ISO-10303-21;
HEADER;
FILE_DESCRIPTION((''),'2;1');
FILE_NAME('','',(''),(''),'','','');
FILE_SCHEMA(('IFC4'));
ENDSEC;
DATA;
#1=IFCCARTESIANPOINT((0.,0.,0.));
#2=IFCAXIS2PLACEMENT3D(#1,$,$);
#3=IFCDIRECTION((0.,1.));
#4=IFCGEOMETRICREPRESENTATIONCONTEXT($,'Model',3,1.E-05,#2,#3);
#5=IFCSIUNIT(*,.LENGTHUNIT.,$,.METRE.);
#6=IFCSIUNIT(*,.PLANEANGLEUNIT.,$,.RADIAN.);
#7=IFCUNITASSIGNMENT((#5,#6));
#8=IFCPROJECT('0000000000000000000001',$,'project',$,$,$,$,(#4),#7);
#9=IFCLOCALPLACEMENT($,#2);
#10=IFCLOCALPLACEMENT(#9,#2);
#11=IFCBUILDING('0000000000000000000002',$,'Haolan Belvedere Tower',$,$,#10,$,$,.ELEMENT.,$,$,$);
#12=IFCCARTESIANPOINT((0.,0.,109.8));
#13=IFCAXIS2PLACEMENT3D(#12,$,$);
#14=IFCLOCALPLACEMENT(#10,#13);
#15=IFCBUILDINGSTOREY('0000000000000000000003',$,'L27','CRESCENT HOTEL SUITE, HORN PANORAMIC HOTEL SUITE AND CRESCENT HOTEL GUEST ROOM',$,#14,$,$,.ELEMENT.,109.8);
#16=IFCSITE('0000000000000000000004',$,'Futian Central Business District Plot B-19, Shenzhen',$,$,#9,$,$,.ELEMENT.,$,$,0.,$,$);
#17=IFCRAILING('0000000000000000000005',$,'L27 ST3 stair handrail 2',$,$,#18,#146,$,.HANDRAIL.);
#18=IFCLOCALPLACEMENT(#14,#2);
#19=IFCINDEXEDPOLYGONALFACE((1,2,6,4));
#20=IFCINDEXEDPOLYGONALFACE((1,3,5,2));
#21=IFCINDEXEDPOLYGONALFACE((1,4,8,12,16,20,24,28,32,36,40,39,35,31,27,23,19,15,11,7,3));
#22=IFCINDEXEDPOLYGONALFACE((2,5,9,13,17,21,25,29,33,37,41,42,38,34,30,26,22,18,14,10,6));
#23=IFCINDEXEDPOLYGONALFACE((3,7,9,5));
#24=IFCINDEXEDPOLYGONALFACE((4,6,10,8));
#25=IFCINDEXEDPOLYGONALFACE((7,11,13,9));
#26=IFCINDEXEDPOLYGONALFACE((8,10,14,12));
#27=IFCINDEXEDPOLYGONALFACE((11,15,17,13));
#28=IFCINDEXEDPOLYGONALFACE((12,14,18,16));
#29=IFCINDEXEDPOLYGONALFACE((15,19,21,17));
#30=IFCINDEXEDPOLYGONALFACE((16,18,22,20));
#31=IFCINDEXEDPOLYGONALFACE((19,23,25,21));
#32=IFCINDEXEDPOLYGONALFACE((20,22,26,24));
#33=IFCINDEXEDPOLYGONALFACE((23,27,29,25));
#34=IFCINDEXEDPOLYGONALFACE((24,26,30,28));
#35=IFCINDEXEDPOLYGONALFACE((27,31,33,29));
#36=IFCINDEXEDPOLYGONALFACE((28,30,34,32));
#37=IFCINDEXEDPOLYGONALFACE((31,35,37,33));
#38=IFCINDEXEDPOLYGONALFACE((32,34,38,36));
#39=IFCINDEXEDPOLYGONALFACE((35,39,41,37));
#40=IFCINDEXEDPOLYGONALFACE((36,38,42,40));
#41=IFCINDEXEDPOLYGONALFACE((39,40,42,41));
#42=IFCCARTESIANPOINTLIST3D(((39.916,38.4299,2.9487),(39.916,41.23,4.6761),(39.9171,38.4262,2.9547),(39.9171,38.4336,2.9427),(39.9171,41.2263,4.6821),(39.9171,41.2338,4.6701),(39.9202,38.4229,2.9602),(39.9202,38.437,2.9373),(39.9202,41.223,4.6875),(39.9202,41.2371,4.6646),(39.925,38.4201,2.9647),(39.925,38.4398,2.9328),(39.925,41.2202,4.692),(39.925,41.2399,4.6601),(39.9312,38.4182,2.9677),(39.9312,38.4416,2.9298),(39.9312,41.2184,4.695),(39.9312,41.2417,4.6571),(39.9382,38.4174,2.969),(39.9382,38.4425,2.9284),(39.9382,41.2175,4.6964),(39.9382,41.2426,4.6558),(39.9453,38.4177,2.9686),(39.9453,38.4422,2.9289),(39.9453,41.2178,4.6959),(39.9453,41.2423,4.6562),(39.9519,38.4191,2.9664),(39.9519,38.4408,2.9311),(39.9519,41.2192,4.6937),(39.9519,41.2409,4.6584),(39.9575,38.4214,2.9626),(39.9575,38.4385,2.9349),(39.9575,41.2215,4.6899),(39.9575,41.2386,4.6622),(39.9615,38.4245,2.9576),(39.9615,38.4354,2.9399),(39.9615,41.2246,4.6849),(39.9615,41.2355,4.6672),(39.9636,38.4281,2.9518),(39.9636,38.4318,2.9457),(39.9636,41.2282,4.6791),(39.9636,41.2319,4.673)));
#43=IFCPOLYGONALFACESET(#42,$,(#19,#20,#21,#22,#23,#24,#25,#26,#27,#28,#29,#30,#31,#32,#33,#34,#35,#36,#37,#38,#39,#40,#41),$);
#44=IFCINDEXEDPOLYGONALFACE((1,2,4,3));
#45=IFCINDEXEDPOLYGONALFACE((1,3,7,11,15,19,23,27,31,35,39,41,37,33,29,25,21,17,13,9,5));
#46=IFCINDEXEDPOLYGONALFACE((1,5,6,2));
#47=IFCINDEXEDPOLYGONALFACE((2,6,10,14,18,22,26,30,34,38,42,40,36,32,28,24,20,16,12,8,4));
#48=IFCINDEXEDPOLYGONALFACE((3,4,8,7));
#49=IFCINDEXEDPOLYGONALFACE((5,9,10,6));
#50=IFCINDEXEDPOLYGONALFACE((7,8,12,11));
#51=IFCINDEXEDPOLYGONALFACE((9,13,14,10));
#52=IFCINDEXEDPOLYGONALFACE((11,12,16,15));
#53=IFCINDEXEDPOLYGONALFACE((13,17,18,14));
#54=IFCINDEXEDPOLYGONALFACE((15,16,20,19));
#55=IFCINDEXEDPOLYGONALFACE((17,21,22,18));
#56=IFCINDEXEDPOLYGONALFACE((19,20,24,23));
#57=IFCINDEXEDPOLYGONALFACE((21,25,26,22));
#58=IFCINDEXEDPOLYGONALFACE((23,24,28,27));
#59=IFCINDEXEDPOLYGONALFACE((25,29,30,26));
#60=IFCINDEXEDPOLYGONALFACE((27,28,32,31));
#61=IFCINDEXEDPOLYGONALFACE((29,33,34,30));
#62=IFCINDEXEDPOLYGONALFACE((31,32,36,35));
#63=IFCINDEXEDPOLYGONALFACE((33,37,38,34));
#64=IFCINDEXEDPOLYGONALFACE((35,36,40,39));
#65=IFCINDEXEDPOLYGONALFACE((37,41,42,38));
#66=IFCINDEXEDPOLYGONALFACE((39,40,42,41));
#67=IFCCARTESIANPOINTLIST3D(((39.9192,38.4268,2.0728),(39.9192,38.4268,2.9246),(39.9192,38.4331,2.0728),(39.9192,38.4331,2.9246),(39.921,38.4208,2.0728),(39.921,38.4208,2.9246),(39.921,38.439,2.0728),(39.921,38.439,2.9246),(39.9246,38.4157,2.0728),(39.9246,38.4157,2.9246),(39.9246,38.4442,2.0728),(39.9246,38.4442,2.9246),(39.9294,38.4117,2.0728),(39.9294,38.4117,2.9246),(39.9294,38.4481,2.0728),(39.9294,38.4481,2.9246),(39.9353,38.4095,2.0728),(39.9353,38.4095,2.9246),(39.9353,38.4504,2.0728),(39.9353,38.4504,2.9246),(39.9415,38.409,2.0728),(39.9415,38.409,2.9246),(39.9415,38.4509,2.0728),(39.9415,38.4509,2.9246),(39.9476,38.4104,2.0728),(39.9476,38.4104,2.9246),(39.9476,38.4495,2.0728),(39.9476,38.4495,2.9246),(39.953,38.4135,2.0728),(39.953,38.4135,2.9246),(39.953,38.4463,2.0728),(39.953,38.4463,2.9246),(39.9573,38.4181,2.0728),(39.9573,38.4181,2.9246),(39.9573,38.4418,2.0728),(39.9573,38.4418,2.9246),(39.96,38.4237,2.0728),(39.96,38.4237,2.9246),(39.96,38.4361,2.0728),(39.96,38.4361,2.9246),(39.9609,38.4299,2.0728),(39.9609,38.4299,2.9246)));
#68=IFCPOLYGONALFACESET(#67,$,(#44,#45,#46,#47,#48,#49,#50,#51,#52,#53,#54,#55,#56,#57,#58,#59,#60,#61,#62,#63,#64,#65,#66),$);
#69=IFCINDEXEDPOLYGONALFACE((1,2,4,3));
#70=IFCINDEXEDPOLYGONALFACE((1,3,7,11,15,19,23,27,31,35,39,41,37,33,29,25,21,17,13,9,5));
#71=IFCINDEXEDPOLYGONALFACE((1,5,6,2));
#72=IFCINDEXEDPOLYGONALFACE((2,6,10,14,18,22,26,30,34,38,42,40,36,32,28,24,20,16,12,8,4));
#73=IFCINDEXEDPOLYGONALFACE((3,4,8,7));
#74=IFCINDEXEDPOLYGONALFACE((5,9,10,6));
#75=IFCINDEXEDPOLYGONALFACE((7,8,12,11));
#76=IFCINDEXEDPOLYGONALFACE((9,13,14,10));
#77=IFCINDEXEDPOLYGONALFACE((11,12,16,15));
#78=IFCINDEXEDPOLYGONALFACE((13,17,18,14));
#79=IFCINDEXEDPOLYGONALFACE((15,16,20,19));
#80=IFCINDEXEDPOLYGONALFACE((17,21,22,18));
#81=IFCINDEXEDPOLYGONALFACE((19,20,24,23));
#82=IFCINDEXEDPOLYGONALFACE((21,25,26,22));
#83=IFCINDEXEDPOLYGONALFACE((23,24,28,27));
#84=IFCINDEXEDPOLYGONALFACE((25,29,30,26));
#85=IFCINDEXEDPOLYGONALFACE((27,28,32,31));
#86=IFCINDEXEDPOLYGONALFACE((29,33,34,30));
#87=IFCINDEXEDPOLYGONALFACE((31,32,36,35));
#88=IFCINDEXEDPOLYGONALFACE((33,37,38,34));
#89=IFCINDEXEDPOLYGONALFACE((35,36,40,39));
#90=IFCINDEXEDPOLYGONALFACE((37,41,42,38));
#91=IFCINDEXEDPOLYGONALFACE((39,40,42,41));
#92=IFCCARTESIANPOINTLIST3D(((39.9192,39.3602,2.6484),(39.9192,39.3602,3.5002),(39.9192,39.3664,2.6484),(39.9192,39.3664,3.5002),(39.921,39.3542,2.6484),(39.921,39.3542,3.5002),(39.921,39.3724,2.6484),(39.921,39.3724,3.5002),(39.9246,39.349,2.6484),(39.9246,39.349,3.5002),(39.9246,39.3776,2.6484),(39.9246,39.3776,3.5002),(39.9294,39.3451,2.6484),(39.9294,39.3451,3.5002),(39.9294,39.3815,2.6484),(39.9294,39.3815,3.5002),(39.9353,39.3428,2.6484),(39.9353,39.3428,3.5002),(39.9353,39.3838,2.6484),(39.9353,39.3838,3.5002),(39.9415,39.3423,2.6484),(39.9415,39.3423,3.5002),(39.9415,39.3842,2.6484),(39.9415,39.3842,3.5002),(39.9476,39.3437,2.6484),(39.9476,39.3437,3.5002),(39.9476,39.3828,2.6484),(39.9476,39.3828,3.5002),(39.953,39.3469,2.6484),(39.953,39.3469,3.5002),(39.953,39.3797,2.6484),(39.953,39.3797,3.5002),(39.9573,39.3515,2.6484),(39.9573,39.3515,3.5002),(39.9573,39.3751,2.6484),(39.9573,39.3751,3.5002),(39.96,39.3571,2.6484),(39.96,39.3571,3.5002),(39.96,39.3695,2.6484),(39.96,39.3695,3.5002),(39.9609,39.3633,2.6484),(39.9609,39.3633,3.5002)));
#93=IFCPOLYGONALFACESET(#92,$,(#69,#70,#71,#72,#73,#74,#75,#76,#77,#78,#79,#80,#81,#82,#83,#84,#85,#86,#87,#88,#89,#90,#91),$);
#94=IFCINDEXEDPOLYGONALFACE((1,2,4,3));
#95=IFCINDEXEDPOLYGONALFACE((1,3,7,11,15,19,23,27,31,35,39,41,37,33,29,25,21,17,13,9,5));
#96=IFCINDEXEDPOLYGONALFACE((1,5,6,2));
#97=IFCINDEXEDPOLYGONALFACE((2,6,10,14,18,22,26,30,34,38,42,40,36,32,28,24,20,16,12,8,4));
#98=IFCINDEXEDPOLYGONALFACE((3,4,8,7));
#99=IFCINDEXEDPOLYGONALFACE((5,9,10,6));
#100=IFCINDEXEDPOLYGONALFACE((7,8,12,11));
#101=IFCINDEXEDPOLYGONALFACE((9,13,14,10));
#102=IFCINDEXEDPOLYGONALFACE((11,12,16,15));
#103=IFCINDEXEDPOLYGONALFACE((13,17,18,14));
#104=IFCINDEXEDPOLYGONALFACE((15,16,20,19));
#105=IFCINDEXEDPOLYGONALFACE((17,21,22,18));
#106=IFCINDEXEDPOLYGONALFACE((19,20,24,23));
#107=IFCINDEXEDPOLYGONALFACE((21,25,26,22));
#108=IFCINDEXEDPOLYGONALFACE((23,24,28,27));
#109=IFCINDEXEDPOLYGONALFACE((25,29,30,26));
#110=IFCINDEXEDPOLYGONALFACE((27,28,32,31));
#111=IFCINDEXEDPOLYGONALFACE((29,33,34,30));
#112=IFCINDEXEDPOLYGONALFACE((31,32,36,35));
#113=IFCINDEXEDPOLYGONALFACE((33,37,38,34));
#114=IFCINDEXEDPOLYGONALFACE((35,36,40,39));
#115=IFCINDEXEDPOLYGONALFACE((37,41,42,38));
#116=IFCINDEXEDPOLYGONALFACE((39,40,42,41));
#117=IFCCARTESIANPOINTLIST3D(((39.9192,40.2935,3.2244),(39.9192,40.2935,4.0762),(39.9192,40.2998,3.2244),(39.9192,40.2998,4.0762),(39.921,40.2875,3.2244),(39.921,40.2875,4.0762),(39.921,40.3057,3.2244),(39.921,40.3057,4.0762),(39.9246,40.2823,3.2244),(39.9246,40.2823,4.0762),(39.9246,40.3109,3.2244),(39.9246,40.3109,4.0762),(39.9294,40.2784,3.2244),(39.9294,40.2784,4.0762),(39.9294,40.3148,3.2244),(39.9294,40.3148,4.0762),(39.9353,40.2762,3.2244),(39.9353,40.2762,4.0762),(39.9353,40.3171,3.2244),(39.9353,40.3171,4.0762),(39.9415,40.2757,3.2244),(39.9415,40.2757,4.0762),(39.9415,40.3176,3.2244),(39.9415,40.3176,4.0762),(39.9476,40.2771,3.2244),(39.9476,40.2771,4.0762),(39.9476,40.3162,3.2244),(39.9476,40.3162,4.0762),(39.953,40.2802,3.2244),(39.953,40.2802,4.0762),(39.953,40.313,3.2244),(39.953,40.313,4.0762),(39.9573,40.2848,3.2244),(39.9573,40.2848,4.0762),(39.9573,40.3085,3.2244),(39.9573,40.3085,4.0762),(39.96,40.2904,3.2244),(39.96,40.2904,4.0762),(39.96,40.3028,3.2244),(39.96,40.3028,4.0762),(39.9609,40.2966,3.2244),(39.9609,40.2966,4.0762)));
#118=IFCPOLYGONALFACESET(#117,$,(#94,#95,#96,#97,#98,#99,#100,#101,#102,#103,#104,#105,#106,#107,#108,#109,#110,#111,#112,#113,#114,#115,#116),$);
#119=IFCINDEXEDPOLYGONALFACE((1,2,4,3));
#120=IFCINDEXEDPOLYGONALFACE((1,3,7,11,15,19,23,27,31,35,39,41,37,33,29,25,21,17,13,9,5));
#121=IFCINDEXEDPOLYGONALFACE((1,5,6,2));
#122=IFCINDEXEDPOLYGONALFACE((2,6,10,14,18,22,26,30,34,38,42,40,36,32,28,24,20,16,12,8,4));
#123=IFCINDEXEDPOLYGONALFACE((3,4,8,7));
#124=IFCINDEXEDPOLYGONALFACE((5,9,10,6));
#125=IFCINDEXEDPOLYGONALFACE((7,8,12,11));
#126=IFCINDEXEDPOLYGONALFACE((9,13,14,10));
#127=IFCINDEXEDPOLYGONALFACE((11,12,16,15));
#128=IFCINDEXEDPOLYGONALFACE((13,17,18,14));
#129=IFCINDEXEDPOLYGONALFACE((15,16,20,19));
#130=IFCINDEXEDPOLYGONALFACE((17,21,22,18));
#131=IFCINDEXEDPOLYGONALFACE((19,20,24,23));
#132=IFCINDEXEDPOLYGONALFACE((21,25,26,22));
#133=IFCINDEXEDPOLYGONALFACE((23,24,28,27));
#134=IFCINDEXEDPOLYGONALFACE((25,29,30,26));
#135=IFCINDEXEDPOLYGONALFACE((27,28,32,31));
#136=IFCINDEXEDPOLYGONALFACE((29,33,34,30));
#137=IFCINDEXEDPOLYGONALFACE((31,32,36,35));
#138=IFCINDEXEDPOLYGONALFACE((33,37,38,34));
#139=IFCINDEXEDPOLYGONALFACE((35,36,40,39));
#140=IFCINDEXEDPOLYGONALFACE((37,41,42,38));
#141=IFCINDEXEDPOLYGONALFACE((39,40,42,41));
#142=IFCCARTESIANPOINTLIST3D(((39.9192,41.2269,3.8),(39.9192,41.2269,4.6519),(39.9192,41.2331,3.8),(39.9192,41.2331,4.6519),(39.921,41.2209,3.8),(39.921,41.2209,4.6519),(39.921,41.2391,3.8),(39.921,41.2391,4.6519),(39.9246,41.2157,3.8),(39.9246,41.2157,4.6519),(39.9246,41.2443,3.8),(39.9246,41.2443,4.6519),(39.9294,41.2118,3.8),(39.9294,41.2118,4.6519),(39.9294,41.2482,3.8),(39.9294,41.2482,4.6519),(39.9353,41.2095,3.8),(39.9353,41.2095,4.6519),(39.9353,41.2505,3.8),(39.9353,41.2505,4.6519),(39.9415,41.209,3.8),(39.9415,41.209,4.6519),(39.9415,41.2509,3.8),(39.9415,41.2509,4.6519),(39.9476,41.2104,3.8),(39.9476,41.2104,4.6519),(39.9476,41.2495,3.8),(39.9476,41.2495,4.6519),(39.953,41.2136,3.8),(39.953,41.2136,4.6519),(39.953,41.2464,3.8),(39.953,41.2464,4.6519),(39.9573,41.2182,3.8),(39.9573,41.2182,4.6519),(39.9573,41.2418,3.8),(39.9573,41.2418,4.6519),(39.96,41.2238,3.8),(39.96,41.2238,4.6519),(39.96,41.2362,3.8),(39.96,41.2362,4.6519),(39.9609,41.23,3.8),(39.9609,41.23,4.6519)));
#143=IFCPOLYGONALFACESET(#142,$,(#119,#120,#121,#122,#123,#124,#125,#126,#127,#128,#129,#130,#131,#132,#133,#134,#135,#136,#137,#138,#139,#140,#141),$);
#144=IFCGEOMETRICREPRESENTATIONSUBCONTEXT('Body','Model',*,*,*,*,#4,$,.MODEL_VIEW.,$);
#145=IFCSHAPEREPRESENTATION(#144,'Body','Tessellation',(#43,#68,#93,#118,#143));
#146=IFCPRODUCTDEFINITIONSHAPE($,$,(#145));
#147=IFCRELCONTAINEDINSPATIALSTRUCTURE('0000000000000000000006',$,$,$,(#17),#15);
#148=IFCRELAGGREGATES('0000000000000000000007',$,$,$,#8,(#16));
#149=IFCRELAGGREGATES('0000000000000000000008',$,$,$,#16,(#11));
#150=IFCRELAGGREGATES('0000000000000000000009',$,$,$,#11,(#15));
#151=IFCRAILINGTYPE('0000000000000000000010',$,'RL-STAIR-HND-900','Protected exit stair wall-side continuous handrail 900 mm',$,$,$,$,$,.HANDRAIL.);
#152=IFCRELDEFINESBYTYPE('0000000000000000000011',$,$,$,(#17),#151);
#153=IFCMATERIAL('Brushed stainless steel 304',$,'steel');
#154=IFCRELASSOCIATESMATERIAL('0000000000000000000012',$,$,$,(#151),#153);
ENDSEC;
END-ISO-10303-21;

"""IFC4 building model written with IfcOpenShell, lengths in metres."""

from ifc_helpers import new_model, si_unit, direction, frame, origin, origin_2d, place, context, subcontext, project, spatial, circle, extrude, material, type_object, element, save


model = new_model("IFC4")

# Units and contexts
model_context = context("Model", 3, precision=1e-05, world=origin(), true_north=direction((0.0, 1.0)))
body_context = subcontext(model_context, "Body", "Model", "MODEL_VIEW")
ifc_project = project(units=[si_unit("LENGTHUNIT", "METRE"), si_unit("PLANEANGLEUNIT", "RADIAN")], contexts=[model_context])

# Site, building, storey
site_placement = place(None, origin())
site = spatial("IfcSite", under=ifc_project, at=site_placement, Name="Futian Central Business District Plot B-19, Shenzhen", CompositionType="ELEMENT", RefElevation=0.0)
building_placement = place(site_placement, origin())
building = spatial("IfcBuilding", under=site, at=building_placement, Name="Haolan Belvedere Tower", CompositionType="ELEMENT")
storey_placement = place(building_placement, frame((0.0, 0.0, 109.8)))
storey = spatial("IfcBuildingStorey", under=building, at=storey_placement, Name="L27", Description="CRESCENT HOTEL SUITE, HORN PANORAMIC HOTEL SUITE AND CRESCENT HOTEL GUEST ROOM", CompositionType="ELEMENT", Elevation=109.8)

# Railing
ifc_material_1 = material(Name="Brushed stainless steel 304", Category="steel")
railing_type_1 = type_object("IfcRailingType", Name="RL-STAIR-HND-900", Description="Protected exit stair wall-side continuous handrail 900 mm", PredefinedType="HANDRAIL", material=ifc_material_1)
railing_1_placement = place(storey_placement, frame((39.9399, 38.4299, 2.0728)))
element("IfcRailing", 1, at=railing_1_placement, inside=storey, type_object=railing_type_1, Name="L27 ST3 stair handrail 2", PredefinedType="HANDRAIL", context=body_context, shape_type="SweptSolid", body=[
    extrude(circle(Radius=0.0239, at=origin_2d()), frame((0.0, 0.0, 0.876), z_axis=(0.0, 0.85109, 0.52502), x_axis=(-1.0, 0.0, 0.0)), (0.0, 0.0, 1.0), 3.29),
    extrude(circle(Radius=0.021, at=origin_2d()), origin(), (0.0, 0.0, 1.0), 0.8518),
    extrude(circle(Radius=0.021, at=origin_2d()), frame((0.0, 0.9333, 0.5757)), (0.0, 0.0, 1.0), 0.8518),
    extrude(circle(Radius=0.021, at=origin_2d()), frame((0.0, 1.8667, 1.1516)), (0.0, 0.0, 1.0), 0.8518),
    extrude(circle(Radius=0.021, at=origin_2d()), frame((0.0, 2.8, 1.7273)), (0.0, 0.0, 1.0), 0.8518),
])

save(model, "model.ifc")
